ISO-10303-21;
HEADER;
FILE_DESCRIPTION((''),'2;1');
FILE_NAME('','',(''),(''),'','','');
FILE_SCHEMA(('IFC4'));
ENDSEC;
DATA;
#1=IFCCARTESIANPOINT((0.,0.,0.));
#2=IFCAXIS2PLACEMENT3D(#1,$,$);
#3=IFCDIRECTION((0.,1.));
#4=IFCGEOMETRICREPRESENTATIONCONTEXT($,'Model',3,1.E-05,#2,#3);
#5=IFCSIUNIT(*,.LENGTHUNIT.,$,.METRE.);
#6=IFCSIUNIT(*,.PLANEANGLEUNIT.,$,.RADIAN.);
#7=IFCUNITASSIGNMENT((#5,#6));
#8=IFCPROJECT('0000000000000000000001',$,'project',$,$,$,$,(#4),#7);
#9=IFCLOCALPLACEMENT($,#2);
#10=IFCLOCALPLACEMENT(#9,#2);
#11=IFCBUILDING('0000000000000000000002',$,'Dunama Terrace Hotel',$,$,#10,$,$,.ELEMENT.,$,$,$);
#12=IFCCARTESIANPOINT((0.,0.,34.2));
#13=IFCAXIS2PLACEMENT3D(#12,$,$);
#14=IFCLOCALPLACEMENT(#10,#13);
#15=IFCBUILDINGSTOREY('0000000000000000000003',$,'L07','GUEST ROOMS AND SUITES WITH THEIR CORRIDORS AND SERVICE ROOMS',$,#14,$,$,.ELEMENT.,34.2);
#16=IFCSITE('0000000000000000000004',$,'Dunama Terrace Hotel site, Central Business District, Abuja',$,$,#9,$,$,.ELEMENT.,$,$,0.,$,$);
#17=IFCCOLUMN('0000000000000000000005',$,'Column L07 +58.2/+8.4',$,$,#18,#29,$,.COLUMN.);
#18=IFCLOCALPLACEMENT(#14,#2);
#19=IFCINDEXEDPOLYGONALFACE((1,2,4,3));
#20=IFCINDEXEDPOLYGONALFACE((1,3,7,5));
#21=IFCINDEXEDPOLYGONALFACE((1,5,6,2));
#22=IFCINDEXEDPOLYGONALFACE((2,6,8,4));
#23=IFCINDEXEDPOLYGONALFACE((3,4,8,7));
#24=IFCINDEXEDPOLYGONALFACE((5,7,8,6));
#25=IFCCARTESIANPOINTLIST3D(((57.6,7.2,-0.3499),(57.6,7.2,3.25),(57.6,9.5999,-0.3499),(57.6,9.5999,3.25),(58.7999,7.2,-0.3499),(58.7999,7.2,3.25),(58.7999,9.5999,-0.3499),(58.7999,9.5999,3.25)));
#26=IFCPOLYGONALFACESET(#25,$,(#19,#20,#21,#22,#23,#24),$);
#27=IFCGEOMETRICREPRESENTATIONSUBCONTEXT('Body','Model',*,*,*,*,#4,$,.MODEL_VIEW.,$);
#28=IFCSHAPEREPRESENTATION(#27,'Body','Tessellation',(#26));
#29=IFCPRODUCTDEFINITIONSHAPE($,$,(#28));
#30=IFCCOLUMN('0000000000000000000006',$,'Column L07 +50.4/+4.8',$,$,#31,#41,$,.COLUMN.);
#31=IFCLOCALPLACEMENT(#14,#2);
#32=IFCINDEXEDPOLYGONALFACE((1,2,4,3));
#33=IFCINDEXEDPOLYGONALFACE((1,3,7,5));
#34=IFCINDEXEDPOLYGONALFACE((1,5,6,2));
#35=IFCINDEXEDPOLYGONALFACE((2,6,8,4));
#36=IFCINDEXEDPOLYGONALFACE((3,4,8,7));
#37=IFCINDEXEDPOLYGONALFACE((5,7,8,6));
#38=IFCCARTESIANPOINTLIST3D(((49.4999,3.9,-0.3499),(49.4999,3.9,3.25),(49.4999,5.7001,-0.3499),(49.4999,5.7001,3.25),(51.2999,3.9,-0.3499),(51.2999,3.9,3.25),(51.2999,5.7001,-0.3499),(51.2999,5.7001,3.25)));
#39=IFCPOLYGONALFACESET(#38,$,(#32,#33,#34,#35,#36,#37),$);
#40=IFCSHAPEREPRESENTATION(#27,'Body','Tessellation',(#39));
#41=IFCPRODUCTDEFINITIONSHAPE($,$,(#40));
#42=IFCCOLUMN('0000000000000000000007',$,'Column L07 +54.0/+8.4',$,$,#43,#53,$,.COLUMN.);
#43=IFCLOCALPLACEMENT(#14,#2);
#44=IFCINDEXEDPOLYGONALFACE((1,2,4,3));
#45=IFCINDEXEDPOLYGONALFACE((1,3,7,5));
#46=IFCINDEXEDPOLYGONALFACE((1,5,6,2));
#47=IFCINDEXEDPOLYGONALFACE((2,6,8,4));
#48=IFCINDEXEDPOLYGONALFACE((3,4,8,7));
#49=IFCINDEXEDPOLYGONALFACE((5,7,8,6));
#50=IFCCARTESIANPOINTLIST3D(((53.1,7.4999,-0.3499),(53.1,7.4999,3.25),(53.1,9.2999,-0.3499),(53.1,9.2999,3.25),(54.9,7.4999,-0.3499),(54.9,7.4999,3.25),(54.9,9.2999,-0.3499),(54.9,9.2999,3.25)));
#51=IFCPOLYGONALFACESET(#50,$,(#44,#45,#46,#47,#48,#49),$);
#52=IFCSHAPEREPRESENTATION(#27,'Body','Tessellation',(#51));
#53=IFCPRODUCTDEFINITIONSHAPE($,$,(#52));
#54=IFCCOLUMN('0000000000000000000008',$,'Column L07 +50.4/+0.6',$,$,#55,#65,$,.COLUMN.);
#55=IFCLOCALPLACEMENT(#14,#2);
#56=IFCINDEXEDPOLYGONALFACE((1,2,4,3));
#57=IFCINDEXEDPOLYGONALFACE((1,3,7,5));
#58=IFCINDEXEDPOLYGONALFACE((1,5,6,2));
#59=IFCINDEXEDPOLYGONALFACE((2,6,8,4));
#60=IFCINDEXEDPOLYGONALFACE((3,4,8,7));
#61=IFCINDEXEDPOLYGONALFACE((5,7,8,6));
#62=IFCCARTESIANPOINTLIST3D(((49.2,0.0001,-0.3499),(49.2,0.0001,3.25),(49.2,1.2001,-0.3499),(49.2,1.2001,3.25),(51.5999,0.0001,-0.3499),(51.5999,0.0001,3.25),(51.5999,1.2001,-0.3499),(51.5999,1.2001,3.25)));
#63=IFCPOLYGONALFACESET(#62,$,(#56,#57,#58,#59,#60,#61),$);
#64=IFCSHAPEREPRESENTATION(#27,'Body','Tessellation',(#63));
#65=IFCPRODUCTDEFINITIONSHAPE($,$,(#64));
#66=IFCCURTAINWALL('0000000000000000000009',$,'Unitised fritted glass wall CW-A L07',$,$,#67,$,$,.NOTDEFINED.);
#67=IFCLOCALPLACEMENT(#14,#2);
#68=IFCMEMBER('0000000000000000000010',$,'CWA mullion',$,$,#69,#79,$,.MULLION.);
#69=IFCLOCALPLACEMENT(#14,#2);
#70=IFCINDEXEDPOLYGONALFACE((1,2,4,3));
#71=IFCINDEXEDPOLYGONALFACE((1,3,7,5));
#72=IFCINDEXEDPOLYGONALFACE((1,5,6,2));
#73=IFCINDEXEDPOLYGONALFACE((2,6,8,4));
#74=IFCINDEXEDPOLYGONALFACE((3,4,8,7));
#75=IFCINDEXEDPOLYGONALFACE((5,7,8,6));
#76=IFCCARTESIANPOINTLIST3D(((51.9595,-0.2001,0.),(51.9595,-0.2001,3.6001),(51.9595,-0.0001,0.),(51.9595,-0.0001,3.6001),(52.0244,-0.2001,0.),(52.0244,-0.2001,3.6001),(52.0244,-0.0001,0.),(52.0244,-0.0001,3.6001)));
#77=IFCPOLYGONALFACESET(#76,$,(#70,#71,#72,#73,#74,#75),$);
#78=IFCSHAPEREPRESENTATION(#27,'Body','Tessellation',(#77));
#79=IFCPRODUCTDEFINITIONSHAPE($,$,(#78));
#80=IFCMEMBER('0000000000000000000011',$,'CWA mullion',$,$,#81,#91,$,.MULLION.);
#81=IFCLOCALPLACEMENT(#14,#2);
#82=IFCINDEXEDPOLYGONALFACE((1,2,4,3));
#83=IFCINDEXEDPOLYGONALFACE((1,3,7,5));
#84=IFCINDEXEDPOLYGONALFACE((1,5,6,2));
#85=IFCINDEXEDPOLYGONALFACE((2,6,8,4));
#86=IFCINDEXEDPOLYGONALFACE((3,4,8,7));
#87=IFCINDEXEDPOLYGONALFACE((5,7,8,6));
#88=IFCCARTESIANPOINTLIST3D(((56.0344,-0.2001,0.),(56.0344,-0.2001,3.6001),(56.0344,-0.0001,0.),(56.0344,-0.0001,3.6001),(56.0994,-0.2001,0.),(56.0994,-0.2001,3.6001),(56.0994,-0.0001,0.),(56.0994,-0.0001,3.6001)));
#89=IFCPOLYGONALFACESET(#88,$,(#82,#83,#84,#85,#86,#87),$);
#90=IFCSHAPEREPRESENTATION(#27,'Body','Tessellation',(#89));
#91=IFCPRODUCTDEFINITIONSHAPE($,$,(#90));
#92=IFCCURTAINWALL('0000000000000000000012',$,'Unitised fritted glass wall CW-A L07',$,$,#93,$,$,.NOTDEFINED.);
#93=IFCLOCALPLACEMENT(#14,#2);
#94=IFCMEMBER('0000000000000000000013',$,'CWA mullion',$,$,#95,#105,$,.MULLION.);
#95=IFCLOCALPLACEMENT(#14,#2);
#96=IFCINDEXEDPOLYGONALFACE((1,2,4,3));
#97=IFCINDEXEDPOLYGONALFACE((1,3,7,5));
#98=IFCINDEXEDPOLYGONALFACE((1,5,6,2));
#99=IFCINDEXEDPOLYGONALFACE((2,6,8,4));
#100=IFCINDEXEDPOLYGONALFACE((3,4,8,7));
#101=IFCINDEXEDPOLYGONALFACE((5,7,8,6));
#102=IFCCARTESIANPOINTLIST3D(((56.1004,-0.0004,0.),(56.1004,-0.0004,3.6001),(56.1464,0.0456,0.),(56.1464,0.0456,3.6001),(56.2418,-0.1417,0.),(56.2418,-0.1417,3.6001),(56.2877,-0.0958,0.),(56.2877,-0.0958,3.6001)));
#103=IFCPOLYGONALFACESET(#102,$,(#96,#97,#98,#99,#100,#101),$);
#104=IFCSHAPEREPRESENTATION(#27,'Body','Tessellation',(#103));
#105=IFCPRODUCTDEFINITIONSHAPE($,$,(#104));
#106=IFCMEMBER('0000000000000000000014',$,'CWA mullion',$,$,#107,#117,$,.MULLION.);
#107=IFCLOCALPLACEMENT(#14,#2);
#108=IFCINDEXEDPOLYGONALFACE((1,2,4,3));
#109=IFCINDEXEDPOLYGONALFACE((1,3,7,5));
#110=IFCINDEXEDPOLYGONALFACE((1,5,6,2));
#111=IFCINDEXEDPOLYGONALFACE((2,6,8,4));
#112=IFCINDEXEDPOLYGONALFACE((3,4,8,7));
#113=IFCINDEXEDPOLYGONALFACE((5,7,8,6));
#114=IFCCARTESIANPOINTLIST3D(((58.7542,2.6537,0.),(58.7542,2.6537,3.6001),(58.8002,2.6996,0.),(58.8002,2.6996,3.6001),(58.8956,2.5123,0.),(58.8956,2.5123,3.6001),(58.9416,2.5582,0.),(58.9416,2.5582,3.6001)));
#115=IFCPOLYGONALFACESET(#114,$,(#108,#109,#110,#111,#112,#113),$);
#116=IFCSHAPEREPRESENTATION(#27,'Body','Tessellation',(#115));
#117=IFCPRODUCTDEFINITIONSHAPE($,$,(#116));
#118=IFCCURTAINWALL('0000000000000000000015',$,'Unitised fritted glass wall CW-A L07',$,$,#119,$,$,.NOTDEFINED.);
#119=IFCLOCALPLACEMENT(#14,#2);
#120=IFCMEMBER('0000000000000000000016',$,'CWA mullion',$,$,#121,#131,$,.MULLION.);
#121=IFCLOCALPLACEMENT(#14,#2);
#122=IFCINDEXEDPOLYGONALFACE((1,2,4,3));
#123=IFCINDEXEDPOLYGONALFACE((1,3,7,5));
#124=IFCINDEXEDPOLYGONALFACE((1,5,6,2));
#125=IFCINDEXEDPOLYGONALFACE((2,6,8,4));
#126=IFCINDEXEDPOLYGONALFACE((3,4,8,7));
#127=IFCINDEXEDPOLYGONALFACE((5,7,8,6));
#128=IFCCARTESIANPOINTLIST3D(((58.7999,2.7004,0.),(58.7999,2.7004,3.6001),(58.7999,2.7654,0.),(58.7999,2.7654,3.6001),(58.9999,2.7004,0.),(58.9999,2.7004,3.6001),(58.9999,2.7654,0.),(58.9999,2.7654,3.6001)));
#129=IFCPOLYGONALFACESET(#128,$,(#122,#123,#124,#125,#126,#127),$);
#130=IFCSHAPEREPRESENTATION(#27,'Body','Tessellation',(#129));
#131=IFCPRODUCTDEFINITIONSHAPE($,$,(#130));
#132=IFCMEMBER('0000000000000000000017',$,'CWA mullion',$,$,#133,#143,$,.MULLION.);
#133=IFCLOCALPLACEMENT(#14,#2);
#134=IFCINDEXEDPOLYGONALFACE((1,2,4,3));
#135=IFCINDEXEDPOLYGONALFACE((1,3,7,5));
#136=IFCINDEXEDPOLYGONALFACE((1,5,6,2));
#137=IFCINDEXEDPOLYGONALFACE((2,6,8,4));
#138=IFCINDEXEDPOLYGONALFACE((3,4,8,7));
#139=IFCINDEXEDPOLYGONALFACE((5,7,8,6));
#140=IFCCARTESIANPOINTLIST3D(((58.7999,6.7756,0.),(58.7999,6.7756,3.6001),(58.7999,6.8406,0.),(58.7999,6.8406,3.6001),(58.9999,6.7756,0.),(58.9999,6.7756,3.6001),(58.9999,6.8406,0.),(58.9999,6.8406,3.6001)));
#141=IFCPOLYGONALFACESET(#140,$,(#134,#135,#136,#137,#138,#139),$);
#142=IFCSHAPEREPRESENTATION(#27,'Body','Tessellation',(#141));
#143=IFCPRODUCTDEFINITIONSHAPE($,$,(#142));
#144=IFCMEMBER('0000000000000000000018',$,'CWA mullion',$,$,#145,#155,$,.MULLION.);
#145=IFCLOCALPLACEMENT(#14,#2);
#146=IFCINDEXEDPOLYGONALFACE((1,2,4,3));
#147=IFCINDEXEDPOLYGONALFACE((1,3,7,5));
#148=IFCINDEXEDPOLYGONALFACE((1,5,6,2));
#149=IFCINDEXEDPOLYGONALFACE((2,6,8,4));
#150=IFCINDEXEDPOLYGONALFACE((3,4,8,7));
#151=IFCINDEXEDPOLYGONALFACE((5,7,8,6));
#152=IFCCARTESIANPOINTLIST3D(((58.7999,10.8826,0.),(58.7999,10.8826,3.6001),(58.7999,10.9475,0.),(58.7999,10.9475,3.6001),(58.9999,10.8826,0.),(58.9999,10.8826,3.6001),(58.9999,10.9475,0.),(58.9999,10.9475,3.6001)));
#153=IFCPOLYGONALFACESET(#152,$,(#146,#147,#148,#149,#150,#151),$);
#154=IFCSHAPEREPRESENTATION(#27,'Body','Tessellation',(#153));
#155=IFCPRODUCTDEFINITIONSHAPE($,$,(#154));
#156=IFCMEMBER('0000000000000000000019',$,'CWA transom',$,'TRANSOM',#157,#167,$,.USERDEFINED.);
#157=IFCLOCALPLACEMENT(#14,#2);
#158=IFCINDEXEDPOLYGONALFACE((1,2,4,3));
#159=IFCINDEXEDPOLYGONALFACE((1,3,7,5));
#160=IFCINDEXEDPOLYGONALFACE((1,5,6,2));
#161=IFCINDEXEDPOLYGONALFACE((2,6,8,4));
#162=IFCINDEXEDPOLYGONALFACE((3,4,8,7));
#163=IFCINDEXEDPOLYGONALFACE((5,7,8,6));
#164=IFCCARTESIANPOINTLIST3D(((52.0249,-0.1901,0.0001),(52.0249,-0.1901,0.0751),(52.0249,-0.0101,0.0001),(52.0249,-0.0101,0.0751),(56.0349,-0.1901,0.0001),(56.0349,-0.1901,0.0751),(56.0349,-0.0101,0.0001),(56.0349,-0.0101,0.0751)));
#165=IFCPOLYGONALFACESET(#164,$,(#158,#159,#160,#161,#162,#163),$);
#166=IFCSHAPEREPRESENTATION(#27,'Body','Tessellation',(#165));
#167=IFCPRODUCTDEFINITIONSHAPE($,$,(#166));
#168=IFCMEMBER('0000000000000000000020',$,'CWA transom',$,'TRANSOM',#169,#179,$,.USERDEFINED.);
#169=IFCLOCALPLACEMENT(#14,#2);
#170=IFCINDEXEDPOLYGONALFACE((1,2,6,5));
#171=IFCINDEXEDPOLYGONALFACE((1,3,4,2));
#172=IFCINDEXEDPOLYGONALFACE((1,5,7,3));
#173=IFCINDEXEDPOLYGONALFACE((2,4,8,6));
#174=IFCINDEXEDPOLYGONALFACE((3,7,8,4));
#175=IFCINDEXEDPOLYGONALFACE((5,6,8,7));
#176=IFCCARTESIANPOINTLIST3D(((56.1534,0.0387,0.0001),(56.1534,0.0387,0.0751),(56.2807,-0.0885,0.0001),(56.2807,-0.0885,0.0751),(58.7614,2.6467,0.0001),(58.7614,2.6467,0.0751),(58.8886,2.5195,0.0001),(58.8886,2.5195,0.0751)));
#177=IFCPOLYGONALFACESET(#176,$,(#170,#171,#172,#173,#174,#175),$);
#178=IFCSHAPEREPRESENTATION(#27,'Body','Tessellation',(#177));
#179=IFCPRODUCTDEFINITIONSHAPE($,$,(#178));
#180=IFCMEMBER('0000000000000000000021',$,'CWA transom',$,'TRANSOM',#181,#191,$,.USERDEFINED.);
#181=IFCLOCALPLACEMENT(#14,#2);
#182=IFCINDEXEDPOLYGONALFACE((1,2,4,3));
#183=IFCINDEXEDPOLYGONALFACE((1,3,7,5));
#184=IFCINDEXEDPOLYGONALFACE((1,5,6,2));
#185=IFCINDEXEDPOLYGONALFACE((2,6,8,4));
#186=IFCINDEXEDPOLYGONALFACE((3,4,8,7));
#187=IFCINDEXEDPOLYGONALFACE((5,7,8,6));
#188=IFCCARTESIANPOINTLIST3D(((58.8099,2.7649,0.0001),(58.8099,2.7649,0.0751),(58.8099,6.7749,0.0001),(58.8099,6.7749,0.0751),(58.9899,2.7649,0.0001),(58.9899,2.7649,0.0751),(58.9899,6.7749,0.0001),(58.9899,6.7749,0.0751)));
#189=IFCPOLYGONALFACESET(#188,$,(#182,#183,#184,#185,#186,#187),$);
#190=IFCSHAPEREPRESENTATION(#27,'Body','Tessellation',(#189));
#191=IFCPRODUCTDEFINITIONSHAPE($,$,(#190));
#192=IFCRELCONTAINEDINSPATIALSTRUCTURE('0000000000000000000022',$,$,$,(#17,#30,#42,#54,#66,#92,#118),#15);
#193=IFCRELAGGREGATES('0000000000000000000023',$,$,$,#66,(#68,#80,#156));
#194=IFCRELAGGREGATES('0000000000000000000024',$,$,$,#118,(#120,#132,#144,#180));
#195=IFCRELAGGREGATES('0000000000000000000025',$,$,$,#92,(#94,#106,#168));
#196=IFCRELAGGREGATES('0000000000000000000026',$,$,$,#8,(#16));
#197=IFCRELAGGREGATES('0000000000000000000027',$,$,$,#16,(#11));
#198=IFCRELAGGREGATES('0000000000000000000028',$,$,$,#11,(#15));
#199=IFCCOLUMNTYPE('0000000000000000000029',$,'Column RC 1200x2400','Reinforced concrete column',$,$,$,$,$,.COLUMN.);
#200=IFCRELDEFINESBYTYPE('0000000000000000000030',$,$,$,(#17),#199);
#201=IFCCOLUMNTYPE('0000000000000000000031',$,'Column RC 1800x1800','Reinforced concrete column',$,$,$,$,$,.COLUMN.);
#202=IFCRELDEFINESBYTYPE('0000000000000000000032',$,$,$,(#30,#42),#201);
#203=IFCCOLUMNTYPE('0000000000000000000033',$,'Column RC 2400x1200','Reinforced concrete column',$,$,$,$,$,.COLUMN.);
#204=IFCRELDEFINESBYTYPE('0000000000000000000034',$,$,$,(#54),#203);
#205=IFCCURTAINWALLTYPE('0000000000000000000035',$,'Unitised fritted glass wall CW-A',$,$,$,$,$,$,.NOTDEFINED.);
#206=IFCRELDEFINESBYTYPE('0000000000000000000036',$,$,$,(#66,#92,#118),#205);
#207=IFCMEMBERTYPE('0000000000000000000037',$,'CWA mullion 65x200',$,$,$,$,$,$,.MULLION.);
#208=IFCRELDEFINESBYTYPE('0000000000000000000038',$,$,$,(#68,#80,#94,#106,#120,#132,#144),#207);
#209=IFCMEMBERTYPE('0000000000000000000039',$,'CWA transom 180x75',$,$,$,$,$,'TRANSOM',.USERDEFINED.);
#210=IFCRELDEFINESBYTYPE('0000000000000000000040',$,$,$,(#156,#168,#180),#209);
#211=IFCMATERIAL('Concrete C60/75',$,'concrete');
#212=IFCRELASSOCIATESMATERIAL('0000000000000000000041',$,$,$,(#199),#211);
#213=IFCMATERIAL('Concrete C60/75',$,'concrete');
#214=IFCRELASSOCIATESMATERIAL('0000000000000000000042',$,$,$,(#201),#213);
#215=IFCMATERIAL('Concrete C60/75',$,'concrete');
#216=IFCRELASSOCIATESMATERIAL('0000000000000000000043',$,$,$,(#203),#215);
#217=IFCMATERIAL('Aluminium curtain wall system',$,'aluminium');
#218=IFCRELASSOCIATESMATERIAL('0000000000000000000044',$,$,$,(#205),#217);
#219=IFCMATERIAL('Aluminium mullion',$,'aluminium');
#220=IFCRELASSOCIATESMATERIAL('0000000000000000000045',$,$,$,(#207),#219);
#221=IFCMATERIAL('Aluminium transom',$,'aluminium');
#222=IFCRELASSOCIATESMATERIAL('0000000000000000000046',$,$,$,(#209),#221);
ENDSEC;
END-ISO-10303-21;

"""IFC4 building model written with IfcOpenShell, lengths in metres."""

from ifc_helpers import new_model, si_unit, direction, frame, origin, origin_2d, place, context, subcontext, project, spatial, rectangle, extrude, material, material_profile, profile_set, type_object, element, aggregate, save


model = new_model("IFC4")

# Units and contexts
model_context = context("Model", 3, precision=1e-05, world=origin(), true_north=direction((0.0, 1.0)))
body_context = subcontext(model_context, "Body", "Model", "MODEL_VIEW")
ifc_project = project(units=[si_unit("LENGTHUNIT", "METRE"), si_unit("PLANEANGLEUNIT", "RADIAN")], contexts=[model_context])

# Site, building, storey
site_placement = place(None, origin())
site = spatial("IfcSite", under=ifc_project, at=site_placement, Name="Dunama Terrace Hotel site, Central Business District, Abuja", CompositionType="ELEMENT", RefElevation=0.0)
building_placement = place(site_placement, origin())
building = spatial("IfcBuilding", under=site, at=building_placement, Name="Dunama Terrace Hotel", CompositionType="ELEMENT")
storey_placement = place(building_placement, frame((0.0, 0.0, 34.2)))
storey = spatial("IfcBuildingStorey", under=building, at=storey_placement, Name="L07", Description="GUEST ROOMS AND SUITES WITH THEIR CORRIDORS AND SERVICE ROOMS", CompositionType="ELEMENT", Elevation=34.2)

# Columns
ifc_material_1 = material(Name="Concrete C60/75", Category="concrete")
ifc_material_profile_1 = material_profile(ifc_material_1, rectangle(XDim=1.2, YDim=2.3999, at=origin_2d()), Name="RC 1200x2400")
ifc_profile_set_1 = profile_set([ifc_material_profile_1], Name="Concrete C60/75")
column_type_1 = type_object("IfcColumnType", Name="Column RC 1200x2400", Description="Reinforced concrete column", PredefinedType="COLUMN", material=ifc_profile_set_1)
column_1_placement = place(storey_placement, frame((58.2, 8.3999, -0.3499), z_axis=(0.0, 0.0, 1.0), x_axis=(1.0, 0.0, 0.0)))
element("IfcColumn", 1, at=column_1_placement, inside=storey, type_object=column_type_1, Name="Column L07 +58.2/+8.4", PredefinedType="COLUMN", context=body_context, shape_type="SweptSolid", body=[
    extrude(rectangle(XDim=1.2, YDim=2.3999, at=origin_2d()), origin(), (0.0, 0.0, 1.0), 3.5999),
])
ifc_material_2 = material(Name="Concrete C60/75", Category="concrete")
ifc_material_profile_2 = material_profile(ifc_material_2, rectangle(XDim=1.8, YDim=1.8, at=origin_2d()), Name="RC 1800x1800")
ifc_profile_set_2 = profile_set([ifc_material_profile_2], Name="Concrete C60/75")
column_type_2 = type_object("IfcColumnType", Name="Column RC 1800x1800", Description="Reinforced concrete column", PredefinedType="COLUMN", material=ifc_profile_set_2)
for number, where, z_axis, x_axis, name in (
    (2, (50.3999, 4.8, -0.3499), (0.0, 0.0, 1.0), (1.0, 0.0, 0.0), "Column L07 +50.4/+4.8"),
    (3, (54.0, 8.3999, -0.3499), (0.0, 0.0, 1.0), (1.0, 0.0, 0.0), "Column L07 +54.0/+8.4"),
):
    element("IfcColumn", number, at=place(storey_placement, frame(where, z_axis=z_axis, x_axis=x_axis)), inside=storey, type_object=column_type_2, Name=name, PredefinedType="COLUMN", context=body_context, shape_type="SweptSolid", body=[
        extrude(rectangle(XDim=1.8, YDim=1.8, at=origin_2d()), origin(), (0.0, 0.0, 1.0), 3.5999),
    ])
ifc_material_3 = material(Name="Concrete C60/75", Category="concrete")
ifc_material_profile_3 = material_profile(ifc_material_3, rectangle(XDim=2.3999, YDim=1.2, at=origin_2d()), Name="RC 2400x1200")
ifc_profile_set_3 = profile_set([ifc_material_profile_3], Name="Concrete C60/75")
column_type_3 = type_object("IfcColumnType", Name="Column RC 2400x1200", Description="Reinforced concrete column", PredefinedType="COLUMN", material=ifc_profile_set_3)
column_2_placement = place(storey_placement, frame((50.3999, 0.6001, -0.3499), z_axis=(0.0, 0.0, 1.0), x_axis=(1.0, 0.0, 0.0)))
element("IfcColumn", 4, at=column_2_placement, inside=storey, type_object=column_type_3, Name="Column L07 +50.4/+0.6", PredefinedType="COLUMN", context=body_context, shape_type="SweptSolid", body=[
    extrude(rectangle(XDim=2.3999, YDim=1.2, at=origin_2d()), origin(), (0.0, 0.0, 1.0), 3.5999),
])

# Curtain walls, members
ifc_material_4 = material(Name="Aluminium curtain wall system", Category="aluminium")
curtain_wall_type = type_object("IfcCurtainWallType", Name="Unitised fritted glass wall CW-A", PredefinedType="NOTDEFINED", material=ifc_material_4)
curtain_wall_1_placement = place(storey_placement, origin())
curtain_wall_1 = element("IfcCurtainWall", 5, at=curtain_wall_1_placement, inside=storey, type_object=curtain_wall_type, Name="Unitised fritted glass wall CW-A L07", PredefinedType="NOTDEFINED")
ifc_material_5 = material(Name="Aluminium mullion", Category="aluminium")
ifc_material_profile_4 = material_profile(ifc_material_5, rectangle(XDim=0.0649, YDim=0.2, at=origin_2d()), Name="CWA MULLION 65X200")
ifc_profile_set_4 = profile_set([ifc_material_profile_4], Name="Aluminium mullion")
member_type_1 = type_object("IfcMemberType", Name="CWA mullion 65x200", PredefinedType="MULLION", material=ifc_profile_set_4)
member_1_placement = place(storey_placement, frame((51.9919, -0.1001, 0.0), z_axis=(0.0, 0.0, 1.0), x_axis=(1.0, 0.0, 0.0)))
member_1 = element("IfcMember", 6, at=member_1_placement, type_object=member_type_1, Name="CWA mullion", PredefinedType="MULLION", context=body_context, shape_type="SweptSolid", body=[
    extrude(rectangle(XDim=0.0649, YDim=0.2, at=origin_2d()), origin(), (0.0, 0.0, 1.0), 3.6001),
])
member_2_placement = place(storey_placement, frame((56.0669, -0.1001, 0.0), z_axis=(0.0, 0.0, 1.0), x_axis=(1.0, 0.0, 0.0)))
member_2 = element("IfcMember", 7, at=member_2_placement, type_object=member_type_1, Name="CWA mullion", PredefinedType="MULLION", context=body_context, shape_type="SweptSolid", body=[
    extrude(rectangle(XDim=0.0649, YDim=0.2, at=origin_2d()), origin(), (0.0, 0.0, 1.0), 3.6001),
])
curtain_wall_2_placement = place(storey_placement, origin())
curtain_wall_2 = element("IfcCurtainWall", 8, at=curtain_wall_2_placement, inside=storey, type_object=curtain_wall_type, Name="Unitised fritted glass wall CW-A L07", PredefinedType="NOTDEFINED")
member_3_placement = place(storey_placement, frame((56.1941, -0.0481, 0.0), z_axis=(0.0, 0.0, 1.0), x_axis=(0.707107, 0.707107, 0.0)))
member_3 = element("IfcMember", 9, at=member_3_placement, type_object=member_type_1, Name="CWA mullion", PredefinedType="MULLION", context=body_context, shape_type="SweptSolid", body=[
    extrude(rectangle(XDim=0.0649, YDim=0.2, at=origin_2d()), origin(), (0.0, 0.0, 1.0), 3.6001),
])
member_4_placement = place(storey_placement, frame((58.8479, 2.606, 0.0), z_axis=(0.0, 0.0, 1.0), x_axis=(0.707107, 0.707107, 0.0)))
member_4 = element("IfcMember", 10, at=member_4_placement, type_object=member_type_1, Name="CWA mullion", PredefinedType="MULLION", context=body_context, shape_type="SweptSolid", body=[
    extrude(rectangle(XDim=0.0649, YDim=0.2, at=origin_2d()), origin(), (0.0, 0.0, 1.0), 3.6001),
])
curtain_wall_3_placement = place(storey_placement, origin())
curtain_wall_3 = element("IfcCurtainWall", 11, at=curtain_wall_3_placement, inside=storey, type_object=curtain_wall_type, Name="Unitised fritted glass wall CW-A L07", PredefinedType="NOTDEFINED")
member_5_placement = place(storey_placement, frame((58.8999, 2.7329, 0.0), z_axis=(0.0, 0.0, 1.0), x_axis=(0.0, 1.0, 0.0)))
member_5 = element("IfcMember", 12, at=member_5_placement, type_object=member_type_1, Name="CWA mullion", PredefinedType="MULLION", context=body_context, shape_type="SweptSolid", body=[
    extrude(rectangle(XDim=0.0649, YDim=0.2, at=origin_2d()), origin(), (0.0, 0.0, 1.0), 3.6001),
])
member_6_placement = place(storey_placement, frame((58.8999, 6.8081, 0.0), z_axis=(0.0, 0.0, 1.0), x_axis=(0.0, 1.0, 0.0)))
member_6 = element("IfcMember", 13, at=member_6_placement, type_object=member_type_1, Name="CWA mullion", PredefinedType="MULLION", context=body_context, shape_type="SweptSolid", body=[
    extrude(rectangle(XDim=0.0649, YDim=0.2, at=origin_2d()), origin(), (0.0, 0.0, 1.0), 3.6001),
])
member_7_placement = place(storey_placement, frame((58.8999, 10.915, 0.0), z_axis=(0.0, 0.0, 1.0), x_axis=(0.0, 1.0, 0.0)))
member_7 = element("IfcMember", 14, at=member_7_placement, type_object=member_type_1, Name="CWA mullion", PredefinedType="MULLION", context=body_context, shape_type="SweptSolid", body=[
    extrude(rectangle(XDim=0.0649, YDim=0.2, at=origin_2d()), origin(), (0.0, 0.0, 1.0), 3.6001),
])

# Members
ifc_material_6 = material(Name="Aluminium transom", Category="aluminium")
ifc_material_profile_5 = material_profile(ifc_material_6, rectangle(XDim=0.1799, YDim=0.075, at=origin_2d()), Name="CWA TRANSOM 180X75")
ifc_profile_set_5 = profile_set([ifc_material_profile_5], Name="Aluminium transom")
member_type_2 = type_object("IfcMemberType", Name="CWA transom 180x75", ElementType="TRANSOM", PredefinedType="USERDEFINED", material=ifc_profile_set_5)
member_8_placement = place(storey_placement, frame((52.0249, -0.1001, 0.0376), z_axis=(1.0, 0.0, 0.0), x_axis=(0.0, 1.0, 0.0)))
member_8 = element("IfcMember", 15, at=member_8_placement, type_object=member_type_2, Name="CWA transom", ObjectType="TRANSOM", PredefinedType="USERDEFINED", context=body_context, shape_type="SweptSolid", body=[
    extrude(rectangle(XDim=0.1799, YDim=0.075, at=origin_2d()), origin(), (0.0, 0.0, 1.0), 4.01),
])
member_9_placement = place(storey_placement, frame((56.217, -0.0249, 0.0376), z_axis=(0.707107, 0.707107, 0.0), x_axis=(-0.707107, 0.707107, 0.0)))
member_9 = element("IfcMember", 16, at=member_9_placement, type_object=member_type_2, Name="CWA transom", ObjectType="TRANSOM", PredefinedType="USERDEFINED", context=body_context, shape_type="SweptSolid", body=[
    extrude(rectangle(XDim=0.1799, YDim=0.075, at=origin_2d()), origin(), (0.0, 0.0, 1.0), 3.6882),
])
member_10_placement = place(storey_placement, frame((58.8999, 2.7649, 0.0376), z_axis=(0.0, 1.0, 0.0), x_axis=(-1.0, 0.0, 0.0)))
member_10 = element("IfcMember", 17, at=member_10_placement, type_object=member_type_2, Name="CWA transom", ObjectType="TRANSOM", PredefinedType="USERDEFINED", context=body_context, shape_type="SweptSolid", body=[
    extrude(rectangle(XDim=0.1799, YDim=0.075, at=origin_2d()), origin(), (0.0, 0.0, 1.0), 4.01),
])

aggregate(curtain_wall_1, [member_1, member_2, member_8])
aggregate(curtain_wall_3, [member_5, member_6, member_7, member_10])
aggregate(curtain_wall_2, [member_3, member_4, member_9])

save(model, "model.ifc")
